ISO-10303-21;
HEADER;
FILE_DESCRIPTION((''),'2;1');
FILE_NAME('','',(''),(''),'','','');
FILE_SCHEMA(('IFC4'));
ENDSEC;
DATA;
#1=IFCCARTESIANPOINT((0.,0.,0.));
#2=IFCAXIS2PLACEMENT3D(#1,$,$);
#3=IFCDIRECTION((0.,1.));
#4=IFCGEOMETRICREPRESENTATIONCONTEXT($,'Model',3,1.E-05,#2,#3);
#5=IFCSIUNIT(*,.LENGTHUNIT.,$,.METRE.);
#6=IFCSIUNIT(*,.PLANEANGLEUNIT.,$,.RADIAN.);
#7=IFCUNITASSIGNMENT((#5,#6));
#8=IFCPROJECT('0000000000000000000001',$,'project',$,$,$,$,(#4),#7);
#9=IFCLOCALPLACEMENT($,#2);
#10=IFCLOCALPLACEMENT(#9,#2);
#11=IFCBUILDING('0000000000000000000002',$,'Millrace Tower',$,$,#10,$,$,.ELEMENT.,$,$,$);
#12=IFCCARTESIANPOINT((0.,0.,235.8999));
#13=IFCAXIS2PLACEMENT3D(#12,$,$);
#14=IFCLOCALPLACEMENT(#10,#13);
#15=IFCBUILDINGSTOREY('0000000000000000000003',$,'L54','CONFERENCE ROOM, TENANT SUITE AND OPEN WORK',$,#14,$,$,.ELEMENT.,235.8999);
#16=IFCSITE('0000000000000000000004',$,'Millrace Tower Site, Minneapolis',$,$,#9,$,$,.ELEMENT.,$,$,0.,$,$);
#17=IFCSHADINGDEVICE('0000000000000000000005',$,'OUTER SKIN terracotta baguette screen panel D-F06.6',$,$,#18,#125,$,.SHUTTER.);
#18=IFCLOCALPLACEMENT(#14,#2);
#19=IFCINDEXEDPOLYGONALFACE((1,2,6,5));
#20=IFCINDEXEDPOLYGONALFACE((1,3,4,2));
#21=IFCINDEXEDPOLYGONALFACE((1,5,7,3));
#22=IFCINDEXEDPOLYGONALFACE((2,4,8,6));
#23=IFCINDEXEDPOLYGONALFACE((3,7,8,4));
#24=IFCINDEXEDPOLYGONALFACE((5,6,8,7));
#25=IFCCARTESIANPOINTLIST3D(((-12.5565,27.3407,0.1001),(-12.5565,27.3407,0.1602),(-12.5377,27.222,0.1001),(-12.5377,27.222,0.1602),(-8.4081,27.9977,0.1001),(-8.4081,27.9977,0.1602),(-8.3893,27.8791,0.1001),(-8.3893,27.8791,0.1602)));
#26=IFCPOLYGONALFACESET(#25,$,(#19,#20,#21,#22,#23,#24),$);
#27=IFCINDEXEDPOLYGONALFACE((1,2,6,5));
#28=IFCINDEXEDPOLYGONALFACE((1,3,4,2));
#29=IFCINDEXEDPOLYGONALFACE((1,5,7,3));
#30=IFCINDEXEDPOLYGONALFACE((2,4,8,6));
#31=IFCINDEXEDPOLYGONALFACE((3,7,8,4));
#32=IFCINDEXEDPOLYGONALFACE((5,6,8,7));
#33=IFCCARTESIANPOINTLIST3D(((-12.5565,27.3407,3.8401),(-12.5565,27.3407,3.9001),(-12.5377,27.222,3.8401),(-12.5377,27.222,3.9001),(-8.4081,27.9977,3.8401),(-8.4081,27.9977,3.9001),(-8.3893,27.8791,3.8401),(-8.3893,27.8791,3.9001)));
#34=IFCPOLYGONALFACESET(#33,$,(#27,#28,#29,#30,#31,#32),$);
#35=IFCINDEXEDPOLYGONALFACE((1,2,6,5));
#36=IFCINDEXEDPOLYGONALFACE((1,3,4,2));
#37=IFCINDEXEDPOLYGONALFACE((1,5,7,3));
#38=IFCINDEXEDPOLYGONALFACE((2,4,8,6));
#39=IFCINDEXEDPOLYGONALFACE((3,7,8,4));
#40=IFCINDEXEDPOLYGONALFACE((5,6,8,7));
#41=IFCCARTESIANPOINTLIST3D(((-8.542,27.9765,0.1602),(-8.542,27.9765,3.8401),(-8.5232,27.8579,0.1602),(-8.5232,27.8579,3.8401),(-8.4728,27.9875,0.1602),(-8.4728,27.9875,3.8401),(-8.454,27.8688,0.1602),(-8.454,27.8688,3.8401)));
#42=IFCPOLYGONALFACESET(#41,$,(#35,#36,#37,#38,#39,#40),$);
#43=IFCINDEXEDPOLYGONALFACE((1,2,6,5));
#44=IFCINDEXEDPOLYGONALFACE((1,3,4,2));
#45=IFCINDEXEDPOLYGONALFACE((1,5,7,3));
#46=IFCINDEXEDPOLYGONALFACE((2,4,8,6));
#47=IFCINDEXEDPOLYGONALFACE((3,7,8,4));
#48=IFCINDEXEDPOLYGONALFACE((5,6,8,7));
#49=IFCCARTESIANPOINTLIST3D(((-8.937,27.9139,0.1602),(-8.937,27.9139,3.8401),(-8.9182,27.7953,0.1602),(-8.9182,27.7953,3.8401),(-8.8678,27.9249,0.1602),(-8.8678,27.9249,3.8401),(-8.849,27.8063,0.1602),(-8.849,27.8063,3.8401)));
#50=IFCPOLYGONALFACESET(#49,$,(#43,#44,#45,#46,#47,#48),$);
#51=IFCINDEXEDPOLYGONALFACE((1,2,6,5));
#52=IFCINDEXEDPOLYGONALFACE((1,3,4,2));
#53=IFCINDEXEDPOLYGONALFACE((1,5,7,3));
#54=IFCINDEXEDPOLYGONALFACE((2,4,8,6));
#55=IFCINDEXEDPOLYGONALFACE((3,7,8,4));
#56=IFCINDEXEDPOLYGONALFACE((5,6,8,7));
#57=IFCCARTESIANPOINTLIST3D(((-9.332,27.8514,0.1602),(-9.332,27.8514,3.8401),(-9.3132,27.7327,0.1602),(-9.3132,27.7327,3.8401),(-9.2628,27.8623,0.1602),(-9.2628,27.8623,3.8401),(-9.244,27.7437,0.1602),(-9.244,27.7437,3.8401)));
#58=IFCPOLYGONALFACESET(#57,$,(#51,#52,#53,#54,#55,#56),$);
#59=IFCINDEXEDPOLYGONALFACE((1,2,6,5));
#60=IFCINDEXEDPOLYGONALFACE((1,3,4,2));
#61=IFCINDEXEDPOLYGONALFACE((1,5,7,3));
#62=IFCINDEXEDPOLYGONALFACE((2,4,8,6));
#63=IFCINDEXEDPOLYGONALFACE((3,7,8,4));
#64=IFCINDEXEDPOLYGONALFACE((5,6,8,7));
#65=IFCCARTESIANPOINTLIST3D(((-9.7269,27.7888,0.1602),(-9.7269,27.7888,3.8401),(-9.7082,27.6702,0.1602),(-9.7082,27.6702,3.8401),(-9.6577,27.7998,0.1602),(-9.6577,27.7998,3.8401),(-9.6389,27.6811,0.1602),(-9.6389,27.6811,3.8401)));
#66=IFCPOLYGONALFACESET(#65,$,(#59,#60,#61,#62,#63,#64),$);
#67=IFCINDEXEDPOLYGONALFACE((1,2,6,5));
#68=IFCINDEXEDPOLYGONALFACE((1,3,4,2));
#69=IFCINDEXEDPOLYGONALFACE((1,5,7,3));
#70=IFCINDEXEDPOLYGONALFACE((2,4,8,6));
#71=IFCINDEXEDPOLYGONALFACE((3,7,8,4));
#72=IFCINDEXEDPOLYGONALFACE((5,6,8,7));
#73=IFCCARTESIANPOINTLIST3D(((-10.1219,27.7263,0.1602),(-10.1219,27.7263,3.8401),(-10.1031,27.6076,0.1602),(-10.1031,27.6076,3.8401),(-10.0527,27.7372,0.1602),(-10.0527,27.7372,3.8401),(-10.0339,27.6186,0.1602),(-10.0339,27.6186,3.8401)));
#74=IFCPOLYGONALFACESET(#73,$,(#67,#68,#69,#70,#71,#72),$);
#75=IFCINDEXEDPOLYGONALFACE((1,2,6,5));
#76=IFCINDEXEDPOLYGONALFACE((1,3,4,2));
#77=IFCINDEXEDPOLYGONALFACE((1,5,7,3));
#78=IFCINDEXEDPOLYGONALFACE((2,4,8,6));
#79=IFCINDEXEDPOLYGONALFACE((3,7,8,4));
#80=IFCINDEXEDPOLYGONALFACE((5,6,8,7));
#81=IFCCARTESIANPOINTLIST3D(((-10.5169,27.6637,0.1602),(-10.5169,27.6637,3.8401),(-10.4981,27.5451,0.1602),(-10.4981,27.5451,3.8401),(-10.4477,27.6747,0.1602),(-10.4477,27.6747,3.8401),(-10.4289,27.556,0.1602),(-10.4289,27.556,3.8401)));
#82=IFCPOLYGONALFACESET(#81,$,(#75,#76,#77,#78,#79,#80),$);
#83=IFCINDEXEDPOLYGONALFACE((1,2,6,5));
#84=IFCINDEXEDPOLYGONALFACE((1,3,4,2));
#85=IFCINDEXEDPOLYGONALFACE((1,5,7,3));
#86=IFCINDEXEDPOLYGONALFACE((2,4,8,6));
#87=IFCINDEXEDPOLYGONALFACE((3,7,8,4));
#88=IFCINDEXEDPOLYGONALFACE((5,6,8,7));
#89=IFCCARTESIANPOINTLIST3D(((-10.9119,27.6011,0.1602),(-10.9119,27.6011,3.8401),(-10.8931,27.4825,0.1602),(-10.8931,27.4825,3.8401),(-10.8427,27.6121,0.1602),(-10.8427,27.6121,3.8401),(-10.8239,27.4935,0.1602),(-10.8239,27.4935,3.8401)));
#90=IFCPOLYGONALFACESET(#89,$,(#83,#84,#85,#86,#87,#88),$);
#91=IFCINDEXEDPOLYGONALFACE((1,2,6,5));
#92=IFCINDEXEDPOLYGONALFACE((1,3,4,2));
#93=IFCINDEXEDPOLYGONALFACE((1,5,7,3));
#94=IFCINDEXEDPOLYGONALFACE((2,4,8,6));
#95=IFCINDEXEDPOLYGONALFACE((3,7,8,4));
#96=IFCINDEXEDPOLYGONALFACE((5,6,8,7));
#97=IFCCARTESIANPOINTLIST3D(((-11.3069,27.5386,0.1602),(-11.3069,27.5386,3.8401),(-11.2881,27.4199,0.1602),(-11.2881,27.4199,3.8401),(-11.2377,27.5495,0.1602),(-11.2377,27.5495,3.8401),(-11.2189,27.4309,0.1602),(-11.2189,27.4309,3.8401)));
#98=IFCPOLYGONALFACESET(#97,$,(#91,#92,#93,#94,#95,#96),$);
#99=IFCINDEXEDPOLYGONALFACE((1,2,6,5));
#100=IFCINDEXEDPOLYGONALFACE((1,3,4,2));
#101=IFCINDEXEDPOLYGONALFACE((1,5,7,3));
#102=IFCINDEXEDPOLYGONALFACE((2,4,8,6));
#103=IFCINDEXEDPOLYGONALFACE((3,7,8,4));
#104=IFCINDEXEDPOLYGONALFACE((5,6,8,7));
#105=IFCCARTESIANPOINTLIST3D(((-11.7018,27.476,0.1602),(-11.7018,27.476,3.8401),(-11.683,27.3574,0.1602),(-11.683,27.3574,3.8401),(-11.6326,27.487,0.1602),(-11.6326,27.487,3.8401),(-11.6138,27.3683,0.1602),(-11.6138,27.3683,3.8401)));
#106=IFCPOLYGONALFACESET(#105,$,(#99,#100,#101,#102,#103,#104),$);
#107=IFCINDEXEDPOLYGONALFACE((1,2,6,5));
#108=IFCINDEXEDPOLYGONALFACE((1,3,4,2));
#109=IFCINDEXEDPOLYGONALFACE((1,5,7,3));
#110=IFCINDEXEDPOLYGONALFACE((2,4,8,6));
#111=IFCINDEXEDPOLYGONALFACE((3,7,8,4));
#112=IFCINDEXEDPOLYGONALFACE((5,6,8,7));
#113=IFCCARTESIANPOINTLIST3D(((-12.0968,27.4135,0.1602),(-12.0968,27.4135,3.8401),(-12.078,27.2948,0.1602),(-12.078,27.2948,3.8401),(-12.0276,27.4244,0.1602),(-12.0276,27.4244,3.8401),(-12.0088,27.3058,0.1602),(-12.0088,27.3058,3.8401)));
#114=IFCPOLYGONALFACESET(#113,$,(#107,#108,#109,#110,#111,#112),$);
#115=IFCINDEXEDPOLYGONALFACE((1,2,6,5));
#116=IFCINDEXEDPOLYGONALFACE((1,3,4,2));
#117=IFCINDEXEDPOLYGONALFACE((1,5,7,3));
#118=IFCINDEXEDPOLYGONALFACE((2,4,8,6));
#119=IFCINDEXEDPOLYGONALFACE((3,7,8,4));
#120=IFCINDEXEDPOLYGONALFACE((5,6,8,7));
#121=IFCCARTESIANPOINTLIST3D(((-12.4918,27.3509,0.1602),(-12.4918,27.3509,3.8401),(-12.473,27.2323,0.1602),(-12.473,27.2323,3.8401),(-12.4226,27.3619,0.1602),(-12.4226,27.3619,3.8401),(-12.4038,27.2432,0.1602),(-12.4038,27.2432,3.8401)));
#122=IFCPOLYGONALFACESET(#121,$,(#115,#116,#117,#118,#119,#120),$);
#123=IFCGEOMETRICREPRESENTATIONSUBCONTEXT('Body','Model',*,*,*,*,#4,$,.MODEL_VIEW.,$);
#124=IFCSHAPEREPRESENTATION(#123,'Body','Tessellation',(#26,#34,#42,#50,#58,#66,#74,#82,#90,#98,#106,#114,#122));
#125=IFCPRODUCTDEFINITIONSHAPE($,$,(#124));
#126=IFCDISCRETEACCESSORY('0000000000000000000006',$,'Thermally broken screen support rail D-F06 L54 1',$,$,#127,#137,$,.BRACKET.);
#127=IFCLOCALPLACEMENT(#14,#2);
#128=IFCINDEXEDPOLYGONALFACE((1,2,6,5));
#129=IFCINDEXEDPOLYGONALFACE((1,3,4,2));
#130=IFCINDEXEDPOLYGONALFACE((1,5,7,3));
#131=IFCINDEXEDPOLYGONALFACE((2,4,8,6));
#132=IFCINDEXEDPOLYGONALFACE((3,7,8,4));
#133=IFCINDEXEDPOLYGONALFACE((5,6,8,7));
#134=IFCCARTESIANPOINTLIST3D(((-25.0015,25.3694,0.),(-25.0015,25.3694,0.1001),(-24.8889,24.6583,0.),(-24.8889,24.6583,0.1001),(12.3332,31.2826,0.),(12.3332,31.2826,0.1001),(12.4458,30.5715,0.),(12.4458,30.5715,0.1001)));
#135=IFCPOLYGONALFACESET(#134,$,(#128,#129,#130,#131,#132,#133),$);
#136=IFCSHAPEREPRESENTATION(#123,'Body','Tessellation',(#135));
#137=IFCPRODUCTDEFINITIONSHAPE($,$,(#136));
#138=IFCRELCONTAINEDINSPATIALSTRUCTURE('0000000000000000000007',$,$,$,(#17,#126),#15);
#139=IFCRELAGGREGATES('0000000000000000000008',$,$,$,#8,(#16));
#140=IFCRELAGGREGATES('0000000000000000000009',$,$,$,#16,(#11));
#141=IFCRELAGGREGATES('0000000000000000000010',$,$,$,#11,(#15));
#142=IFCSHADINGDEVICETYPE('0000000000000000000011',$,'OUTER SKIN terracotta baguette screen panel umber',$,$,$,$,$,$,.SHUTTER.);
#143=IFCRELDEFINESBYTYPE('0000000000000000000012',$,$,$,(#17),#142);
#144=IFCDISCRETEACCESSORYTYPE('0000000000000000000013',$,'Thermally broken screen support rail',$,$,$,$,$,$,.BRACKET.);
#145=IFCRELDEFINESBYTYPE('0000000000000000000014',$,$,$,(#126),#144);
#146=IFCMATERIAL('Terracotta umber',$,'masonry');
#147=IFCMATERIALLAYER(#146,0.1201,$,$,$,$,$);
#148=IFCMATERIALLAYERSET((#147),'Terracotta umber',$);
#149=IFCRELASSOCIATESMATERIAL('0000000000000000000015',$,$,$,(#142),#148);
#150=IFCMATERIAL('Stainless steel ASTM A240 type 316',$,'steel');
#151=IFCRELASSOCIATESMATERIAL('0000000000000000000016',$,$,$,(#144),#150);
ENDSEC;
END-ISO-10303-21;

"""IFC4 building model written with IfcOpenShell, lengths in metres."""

from ifc_helpers import new_model, entity, si_unit, direction, frame, frame_2d, origin, origin_2d, place, context, subcontext, project, spatial, rectangle, extrude, source, transform, mapped, material, layer, layer_set, type_object, element, save


model = new_model("IFC4")

# Units and contexts
model_context = context("Model", 3, precision=1e-05, world=origin(), true_north=direction((0.0, 1.0)))
body_context = subcontext(model_context, "Body", "Model", "MODEL_VIEW")
ifc_project = project(units=[si_unit("LENGTHUNIT", "METRE"), si_unit("PLANEANGLEUNIT", "RADIAN")], contexts=[model_context])

# Site, building, storey
site_placement = place(None, origin())
site = spatial("IfcSite", under=ifc_project, at=site_placement, Name="Millrace Tower Site, Minneapolis", CompositionType="ELEMENT", RefElevation=0.0)
building_placement = place(site_placement, origin())
building = spatial("IfcBuilding", under=site, at=building_placement, Name="Millrace Tower", CompositionType="ELEMENT")
storey_placement = place(building_placement, frame((0.0, 0.0, 235.8999)))
storey = spatial("IfcBuildingStorey", under=building, at=storey_placement, Name="L54", Description="CONFERENCE ROOM, TENANT SUITE AND OPEN WORK", CompositionType="ELEMENT", Elevation=235.8999)

# Shading device
ifc_material_1 = material(Name="Terracotta umber", Category="masonry")
ifc_layer_1 = layer(ifc_material_1, 0.1201)
ifc_layer_set_1 = layer_set([ifc_layer_1], Name="Terracotta umber")
shading_device_type = type_object("IfcShadingDeviceType", Name="OUTER SKIN terracotta baguette screen panel umber", PredefinedType="SHUTTER", material=ifc_layer_set_1)
cartesian_point = entity("IfcCartesianPoint", [-2.1001, 0.0601])
shared_polyline = entity("IfcPolyline", [cartesian_point, entity("IfcCartesianPoint", [2.1001, 0.0601]), entity("IfcCartesianPoint", [2.1001, -0.0601]), entity("IfcCartesianPoint", [-2.1001, -0.0601]), cartesian_point])
shared_shape = source(origin(), body_context, "Body", "SweptSolid", [
    entity("IfcExtrudedAreaSolid", entity("IfcArbitraryClosedProfileDef", "AREA", None, shared_polyline), entity("IfcAxis2Placement3D", entity("IfcCartesianPoint", [0.0, 0.0, 0.0])), entity("IfcDirection", [0.0, 0.0, 1.0]), 0.0601),
    entity("IfcExtrudedAreaSolid", entity("IfcArbitraryClosedProfileDef", "AREA", None, shared_polyline), entity("IfcAxis2Placement3D", entity("IfcCartesianPoint", [0.0, 0.0, 3.74])), entity("IfcDirection", [0.0, 0.0, 1.0]), 0.0601),
    extrude(rectangle(XDim=0.0701, YDim=0.1201, at=frame_2d((-1.9995, 0.0))), frame((0.0, 0.0, 0.0601)), (0.0, 0.0, 1.0), 3.6799),
    extrude(rectangle(XDim=0.0701, YDim=0.1201, at=frame_2d((-1.5996, 0.0))), frame((0.0, 0.0, 0.0601)), (0.0, 0.0, 1.0), 3.6799),
    extrude(rectangle(XDim=0.0701, YDim=0.1201, at=frame_2d((-1.1997, 0.0))), frame((0.0, 0.0, 0.0601)), (0.0, 0.0, 1.0), 3.6799),
    extrude(rectangle(XDim=0.0701, YDim=0.1201, at=frame_2d((-0.7998, 0.0))), frame((0.0, 0.0, 0.0601)), (0.0, 0.0, 1.0), 3.6799),
    extrude(rectangle(XDim=0.0701, YDim=0.1201, at=frame_2d((-0.3999, 0.0))), frame((0.0, 0.0, 0.0601)), (0.0, 0.0, 1.0), 3.6799),
    extrude(rectangle(XDim=0.0701, YDim=0.1201, at=origin_2d()), frame((0.0, 0.0, 0.0601)), (0.0, 0.0, 1.0), 3.6799),
    extrude(rectangle(XDim=0.0701, YDim=0.1201, at=frame_2d((0.3999, 0.0))), frame((0.0, 0.0, 0.0601)), (0.0, 0.0, 1.0), 3.6799),
    extrude(rectangle(XDim=0.0701, YDim=0.1201, at=frame_2d((0.7998, 0.0))), frame((0.0, 0.0, 0.0601)), (0.0, 0.0, 1.0), 3.6799),
    extrude(rectangle(XDim=0.0701, YDim=0.1201, at=frame_2d((1.1997, 0.0))), frame((0.0, 0.0, 0.0601)), (0.0, 0.0, 1.0), 3.6799),
    extrude(rectangle(XDim=0.0701, YDim=0.1201, at=frame_2d((1.5996, 0.0))), frame((0.0, 0.0, 0.0601)), (0.0, 0.0, 1.0), 3.6799),
    extrude(rectangle(XDim=0.0701, YDim=0.1201, at=frame_2d((1.9995, 0.0))), frame((0.0, 0.0, 0.0601)), (0.0, 0.0, 1.0), 3.6799),
])
for number, where, z_axis, x_axis, name in (
    (1, (-10.4729, 27.6099, 0.1001), (0.0, 0.0, 1.0), (-0.987688, -0.156434, 0.0), "OUTER SKIN terracotta baguette screen panel D-F06.6"),
):
    element("IfcShadingDevice", number, at=place(storey_placement, frame(where, z_axis=z_axis, x_axis=x_axis)), inside=storey, type_object=shading_device_type, Name=name, PredefinedType="SHUTTER", context=body_context, shape_type="MappedRepresentation", body=[
        mapped(shared_shape, transform((0.0, 0.0, 0.0), scale=1.0)),
    ])

# Discrete accessory
ifc_material_2 = material(Name="Stainless steel ASTM A240 type 316", Category="steel")
discrete_accessory_type = type_object("IfcDiscreteAccessoryType", Name="Thermally broken screen support rail", PredefinedType="BRACKET", material=ifc_material_2)
discrete_accessory_placement = place(storey_placement, frame((-6.2778, 27.9705, 0.0), z_axis=(0.0, 0.0, 1.0), x_axis=(-0.987688, -0.156434, 0.0)))
element("IfcDiscreteAccessory", 2, at=discrete_accessory_placement, inside=storey, type_object=discrete_accessory_type, Name="Thermally broken screen support rail D-F06 L54 1", PredefinedType="BRACKET", context=body_context, shape_type="SweptSolid", body=[
    extrude(rectangle(XDim=37.8, YDim=0.72, at=origin_2d()), origin(), (0.0, 0.0, 1.0), 0.1001),
])

save(model, "model.ifc")
